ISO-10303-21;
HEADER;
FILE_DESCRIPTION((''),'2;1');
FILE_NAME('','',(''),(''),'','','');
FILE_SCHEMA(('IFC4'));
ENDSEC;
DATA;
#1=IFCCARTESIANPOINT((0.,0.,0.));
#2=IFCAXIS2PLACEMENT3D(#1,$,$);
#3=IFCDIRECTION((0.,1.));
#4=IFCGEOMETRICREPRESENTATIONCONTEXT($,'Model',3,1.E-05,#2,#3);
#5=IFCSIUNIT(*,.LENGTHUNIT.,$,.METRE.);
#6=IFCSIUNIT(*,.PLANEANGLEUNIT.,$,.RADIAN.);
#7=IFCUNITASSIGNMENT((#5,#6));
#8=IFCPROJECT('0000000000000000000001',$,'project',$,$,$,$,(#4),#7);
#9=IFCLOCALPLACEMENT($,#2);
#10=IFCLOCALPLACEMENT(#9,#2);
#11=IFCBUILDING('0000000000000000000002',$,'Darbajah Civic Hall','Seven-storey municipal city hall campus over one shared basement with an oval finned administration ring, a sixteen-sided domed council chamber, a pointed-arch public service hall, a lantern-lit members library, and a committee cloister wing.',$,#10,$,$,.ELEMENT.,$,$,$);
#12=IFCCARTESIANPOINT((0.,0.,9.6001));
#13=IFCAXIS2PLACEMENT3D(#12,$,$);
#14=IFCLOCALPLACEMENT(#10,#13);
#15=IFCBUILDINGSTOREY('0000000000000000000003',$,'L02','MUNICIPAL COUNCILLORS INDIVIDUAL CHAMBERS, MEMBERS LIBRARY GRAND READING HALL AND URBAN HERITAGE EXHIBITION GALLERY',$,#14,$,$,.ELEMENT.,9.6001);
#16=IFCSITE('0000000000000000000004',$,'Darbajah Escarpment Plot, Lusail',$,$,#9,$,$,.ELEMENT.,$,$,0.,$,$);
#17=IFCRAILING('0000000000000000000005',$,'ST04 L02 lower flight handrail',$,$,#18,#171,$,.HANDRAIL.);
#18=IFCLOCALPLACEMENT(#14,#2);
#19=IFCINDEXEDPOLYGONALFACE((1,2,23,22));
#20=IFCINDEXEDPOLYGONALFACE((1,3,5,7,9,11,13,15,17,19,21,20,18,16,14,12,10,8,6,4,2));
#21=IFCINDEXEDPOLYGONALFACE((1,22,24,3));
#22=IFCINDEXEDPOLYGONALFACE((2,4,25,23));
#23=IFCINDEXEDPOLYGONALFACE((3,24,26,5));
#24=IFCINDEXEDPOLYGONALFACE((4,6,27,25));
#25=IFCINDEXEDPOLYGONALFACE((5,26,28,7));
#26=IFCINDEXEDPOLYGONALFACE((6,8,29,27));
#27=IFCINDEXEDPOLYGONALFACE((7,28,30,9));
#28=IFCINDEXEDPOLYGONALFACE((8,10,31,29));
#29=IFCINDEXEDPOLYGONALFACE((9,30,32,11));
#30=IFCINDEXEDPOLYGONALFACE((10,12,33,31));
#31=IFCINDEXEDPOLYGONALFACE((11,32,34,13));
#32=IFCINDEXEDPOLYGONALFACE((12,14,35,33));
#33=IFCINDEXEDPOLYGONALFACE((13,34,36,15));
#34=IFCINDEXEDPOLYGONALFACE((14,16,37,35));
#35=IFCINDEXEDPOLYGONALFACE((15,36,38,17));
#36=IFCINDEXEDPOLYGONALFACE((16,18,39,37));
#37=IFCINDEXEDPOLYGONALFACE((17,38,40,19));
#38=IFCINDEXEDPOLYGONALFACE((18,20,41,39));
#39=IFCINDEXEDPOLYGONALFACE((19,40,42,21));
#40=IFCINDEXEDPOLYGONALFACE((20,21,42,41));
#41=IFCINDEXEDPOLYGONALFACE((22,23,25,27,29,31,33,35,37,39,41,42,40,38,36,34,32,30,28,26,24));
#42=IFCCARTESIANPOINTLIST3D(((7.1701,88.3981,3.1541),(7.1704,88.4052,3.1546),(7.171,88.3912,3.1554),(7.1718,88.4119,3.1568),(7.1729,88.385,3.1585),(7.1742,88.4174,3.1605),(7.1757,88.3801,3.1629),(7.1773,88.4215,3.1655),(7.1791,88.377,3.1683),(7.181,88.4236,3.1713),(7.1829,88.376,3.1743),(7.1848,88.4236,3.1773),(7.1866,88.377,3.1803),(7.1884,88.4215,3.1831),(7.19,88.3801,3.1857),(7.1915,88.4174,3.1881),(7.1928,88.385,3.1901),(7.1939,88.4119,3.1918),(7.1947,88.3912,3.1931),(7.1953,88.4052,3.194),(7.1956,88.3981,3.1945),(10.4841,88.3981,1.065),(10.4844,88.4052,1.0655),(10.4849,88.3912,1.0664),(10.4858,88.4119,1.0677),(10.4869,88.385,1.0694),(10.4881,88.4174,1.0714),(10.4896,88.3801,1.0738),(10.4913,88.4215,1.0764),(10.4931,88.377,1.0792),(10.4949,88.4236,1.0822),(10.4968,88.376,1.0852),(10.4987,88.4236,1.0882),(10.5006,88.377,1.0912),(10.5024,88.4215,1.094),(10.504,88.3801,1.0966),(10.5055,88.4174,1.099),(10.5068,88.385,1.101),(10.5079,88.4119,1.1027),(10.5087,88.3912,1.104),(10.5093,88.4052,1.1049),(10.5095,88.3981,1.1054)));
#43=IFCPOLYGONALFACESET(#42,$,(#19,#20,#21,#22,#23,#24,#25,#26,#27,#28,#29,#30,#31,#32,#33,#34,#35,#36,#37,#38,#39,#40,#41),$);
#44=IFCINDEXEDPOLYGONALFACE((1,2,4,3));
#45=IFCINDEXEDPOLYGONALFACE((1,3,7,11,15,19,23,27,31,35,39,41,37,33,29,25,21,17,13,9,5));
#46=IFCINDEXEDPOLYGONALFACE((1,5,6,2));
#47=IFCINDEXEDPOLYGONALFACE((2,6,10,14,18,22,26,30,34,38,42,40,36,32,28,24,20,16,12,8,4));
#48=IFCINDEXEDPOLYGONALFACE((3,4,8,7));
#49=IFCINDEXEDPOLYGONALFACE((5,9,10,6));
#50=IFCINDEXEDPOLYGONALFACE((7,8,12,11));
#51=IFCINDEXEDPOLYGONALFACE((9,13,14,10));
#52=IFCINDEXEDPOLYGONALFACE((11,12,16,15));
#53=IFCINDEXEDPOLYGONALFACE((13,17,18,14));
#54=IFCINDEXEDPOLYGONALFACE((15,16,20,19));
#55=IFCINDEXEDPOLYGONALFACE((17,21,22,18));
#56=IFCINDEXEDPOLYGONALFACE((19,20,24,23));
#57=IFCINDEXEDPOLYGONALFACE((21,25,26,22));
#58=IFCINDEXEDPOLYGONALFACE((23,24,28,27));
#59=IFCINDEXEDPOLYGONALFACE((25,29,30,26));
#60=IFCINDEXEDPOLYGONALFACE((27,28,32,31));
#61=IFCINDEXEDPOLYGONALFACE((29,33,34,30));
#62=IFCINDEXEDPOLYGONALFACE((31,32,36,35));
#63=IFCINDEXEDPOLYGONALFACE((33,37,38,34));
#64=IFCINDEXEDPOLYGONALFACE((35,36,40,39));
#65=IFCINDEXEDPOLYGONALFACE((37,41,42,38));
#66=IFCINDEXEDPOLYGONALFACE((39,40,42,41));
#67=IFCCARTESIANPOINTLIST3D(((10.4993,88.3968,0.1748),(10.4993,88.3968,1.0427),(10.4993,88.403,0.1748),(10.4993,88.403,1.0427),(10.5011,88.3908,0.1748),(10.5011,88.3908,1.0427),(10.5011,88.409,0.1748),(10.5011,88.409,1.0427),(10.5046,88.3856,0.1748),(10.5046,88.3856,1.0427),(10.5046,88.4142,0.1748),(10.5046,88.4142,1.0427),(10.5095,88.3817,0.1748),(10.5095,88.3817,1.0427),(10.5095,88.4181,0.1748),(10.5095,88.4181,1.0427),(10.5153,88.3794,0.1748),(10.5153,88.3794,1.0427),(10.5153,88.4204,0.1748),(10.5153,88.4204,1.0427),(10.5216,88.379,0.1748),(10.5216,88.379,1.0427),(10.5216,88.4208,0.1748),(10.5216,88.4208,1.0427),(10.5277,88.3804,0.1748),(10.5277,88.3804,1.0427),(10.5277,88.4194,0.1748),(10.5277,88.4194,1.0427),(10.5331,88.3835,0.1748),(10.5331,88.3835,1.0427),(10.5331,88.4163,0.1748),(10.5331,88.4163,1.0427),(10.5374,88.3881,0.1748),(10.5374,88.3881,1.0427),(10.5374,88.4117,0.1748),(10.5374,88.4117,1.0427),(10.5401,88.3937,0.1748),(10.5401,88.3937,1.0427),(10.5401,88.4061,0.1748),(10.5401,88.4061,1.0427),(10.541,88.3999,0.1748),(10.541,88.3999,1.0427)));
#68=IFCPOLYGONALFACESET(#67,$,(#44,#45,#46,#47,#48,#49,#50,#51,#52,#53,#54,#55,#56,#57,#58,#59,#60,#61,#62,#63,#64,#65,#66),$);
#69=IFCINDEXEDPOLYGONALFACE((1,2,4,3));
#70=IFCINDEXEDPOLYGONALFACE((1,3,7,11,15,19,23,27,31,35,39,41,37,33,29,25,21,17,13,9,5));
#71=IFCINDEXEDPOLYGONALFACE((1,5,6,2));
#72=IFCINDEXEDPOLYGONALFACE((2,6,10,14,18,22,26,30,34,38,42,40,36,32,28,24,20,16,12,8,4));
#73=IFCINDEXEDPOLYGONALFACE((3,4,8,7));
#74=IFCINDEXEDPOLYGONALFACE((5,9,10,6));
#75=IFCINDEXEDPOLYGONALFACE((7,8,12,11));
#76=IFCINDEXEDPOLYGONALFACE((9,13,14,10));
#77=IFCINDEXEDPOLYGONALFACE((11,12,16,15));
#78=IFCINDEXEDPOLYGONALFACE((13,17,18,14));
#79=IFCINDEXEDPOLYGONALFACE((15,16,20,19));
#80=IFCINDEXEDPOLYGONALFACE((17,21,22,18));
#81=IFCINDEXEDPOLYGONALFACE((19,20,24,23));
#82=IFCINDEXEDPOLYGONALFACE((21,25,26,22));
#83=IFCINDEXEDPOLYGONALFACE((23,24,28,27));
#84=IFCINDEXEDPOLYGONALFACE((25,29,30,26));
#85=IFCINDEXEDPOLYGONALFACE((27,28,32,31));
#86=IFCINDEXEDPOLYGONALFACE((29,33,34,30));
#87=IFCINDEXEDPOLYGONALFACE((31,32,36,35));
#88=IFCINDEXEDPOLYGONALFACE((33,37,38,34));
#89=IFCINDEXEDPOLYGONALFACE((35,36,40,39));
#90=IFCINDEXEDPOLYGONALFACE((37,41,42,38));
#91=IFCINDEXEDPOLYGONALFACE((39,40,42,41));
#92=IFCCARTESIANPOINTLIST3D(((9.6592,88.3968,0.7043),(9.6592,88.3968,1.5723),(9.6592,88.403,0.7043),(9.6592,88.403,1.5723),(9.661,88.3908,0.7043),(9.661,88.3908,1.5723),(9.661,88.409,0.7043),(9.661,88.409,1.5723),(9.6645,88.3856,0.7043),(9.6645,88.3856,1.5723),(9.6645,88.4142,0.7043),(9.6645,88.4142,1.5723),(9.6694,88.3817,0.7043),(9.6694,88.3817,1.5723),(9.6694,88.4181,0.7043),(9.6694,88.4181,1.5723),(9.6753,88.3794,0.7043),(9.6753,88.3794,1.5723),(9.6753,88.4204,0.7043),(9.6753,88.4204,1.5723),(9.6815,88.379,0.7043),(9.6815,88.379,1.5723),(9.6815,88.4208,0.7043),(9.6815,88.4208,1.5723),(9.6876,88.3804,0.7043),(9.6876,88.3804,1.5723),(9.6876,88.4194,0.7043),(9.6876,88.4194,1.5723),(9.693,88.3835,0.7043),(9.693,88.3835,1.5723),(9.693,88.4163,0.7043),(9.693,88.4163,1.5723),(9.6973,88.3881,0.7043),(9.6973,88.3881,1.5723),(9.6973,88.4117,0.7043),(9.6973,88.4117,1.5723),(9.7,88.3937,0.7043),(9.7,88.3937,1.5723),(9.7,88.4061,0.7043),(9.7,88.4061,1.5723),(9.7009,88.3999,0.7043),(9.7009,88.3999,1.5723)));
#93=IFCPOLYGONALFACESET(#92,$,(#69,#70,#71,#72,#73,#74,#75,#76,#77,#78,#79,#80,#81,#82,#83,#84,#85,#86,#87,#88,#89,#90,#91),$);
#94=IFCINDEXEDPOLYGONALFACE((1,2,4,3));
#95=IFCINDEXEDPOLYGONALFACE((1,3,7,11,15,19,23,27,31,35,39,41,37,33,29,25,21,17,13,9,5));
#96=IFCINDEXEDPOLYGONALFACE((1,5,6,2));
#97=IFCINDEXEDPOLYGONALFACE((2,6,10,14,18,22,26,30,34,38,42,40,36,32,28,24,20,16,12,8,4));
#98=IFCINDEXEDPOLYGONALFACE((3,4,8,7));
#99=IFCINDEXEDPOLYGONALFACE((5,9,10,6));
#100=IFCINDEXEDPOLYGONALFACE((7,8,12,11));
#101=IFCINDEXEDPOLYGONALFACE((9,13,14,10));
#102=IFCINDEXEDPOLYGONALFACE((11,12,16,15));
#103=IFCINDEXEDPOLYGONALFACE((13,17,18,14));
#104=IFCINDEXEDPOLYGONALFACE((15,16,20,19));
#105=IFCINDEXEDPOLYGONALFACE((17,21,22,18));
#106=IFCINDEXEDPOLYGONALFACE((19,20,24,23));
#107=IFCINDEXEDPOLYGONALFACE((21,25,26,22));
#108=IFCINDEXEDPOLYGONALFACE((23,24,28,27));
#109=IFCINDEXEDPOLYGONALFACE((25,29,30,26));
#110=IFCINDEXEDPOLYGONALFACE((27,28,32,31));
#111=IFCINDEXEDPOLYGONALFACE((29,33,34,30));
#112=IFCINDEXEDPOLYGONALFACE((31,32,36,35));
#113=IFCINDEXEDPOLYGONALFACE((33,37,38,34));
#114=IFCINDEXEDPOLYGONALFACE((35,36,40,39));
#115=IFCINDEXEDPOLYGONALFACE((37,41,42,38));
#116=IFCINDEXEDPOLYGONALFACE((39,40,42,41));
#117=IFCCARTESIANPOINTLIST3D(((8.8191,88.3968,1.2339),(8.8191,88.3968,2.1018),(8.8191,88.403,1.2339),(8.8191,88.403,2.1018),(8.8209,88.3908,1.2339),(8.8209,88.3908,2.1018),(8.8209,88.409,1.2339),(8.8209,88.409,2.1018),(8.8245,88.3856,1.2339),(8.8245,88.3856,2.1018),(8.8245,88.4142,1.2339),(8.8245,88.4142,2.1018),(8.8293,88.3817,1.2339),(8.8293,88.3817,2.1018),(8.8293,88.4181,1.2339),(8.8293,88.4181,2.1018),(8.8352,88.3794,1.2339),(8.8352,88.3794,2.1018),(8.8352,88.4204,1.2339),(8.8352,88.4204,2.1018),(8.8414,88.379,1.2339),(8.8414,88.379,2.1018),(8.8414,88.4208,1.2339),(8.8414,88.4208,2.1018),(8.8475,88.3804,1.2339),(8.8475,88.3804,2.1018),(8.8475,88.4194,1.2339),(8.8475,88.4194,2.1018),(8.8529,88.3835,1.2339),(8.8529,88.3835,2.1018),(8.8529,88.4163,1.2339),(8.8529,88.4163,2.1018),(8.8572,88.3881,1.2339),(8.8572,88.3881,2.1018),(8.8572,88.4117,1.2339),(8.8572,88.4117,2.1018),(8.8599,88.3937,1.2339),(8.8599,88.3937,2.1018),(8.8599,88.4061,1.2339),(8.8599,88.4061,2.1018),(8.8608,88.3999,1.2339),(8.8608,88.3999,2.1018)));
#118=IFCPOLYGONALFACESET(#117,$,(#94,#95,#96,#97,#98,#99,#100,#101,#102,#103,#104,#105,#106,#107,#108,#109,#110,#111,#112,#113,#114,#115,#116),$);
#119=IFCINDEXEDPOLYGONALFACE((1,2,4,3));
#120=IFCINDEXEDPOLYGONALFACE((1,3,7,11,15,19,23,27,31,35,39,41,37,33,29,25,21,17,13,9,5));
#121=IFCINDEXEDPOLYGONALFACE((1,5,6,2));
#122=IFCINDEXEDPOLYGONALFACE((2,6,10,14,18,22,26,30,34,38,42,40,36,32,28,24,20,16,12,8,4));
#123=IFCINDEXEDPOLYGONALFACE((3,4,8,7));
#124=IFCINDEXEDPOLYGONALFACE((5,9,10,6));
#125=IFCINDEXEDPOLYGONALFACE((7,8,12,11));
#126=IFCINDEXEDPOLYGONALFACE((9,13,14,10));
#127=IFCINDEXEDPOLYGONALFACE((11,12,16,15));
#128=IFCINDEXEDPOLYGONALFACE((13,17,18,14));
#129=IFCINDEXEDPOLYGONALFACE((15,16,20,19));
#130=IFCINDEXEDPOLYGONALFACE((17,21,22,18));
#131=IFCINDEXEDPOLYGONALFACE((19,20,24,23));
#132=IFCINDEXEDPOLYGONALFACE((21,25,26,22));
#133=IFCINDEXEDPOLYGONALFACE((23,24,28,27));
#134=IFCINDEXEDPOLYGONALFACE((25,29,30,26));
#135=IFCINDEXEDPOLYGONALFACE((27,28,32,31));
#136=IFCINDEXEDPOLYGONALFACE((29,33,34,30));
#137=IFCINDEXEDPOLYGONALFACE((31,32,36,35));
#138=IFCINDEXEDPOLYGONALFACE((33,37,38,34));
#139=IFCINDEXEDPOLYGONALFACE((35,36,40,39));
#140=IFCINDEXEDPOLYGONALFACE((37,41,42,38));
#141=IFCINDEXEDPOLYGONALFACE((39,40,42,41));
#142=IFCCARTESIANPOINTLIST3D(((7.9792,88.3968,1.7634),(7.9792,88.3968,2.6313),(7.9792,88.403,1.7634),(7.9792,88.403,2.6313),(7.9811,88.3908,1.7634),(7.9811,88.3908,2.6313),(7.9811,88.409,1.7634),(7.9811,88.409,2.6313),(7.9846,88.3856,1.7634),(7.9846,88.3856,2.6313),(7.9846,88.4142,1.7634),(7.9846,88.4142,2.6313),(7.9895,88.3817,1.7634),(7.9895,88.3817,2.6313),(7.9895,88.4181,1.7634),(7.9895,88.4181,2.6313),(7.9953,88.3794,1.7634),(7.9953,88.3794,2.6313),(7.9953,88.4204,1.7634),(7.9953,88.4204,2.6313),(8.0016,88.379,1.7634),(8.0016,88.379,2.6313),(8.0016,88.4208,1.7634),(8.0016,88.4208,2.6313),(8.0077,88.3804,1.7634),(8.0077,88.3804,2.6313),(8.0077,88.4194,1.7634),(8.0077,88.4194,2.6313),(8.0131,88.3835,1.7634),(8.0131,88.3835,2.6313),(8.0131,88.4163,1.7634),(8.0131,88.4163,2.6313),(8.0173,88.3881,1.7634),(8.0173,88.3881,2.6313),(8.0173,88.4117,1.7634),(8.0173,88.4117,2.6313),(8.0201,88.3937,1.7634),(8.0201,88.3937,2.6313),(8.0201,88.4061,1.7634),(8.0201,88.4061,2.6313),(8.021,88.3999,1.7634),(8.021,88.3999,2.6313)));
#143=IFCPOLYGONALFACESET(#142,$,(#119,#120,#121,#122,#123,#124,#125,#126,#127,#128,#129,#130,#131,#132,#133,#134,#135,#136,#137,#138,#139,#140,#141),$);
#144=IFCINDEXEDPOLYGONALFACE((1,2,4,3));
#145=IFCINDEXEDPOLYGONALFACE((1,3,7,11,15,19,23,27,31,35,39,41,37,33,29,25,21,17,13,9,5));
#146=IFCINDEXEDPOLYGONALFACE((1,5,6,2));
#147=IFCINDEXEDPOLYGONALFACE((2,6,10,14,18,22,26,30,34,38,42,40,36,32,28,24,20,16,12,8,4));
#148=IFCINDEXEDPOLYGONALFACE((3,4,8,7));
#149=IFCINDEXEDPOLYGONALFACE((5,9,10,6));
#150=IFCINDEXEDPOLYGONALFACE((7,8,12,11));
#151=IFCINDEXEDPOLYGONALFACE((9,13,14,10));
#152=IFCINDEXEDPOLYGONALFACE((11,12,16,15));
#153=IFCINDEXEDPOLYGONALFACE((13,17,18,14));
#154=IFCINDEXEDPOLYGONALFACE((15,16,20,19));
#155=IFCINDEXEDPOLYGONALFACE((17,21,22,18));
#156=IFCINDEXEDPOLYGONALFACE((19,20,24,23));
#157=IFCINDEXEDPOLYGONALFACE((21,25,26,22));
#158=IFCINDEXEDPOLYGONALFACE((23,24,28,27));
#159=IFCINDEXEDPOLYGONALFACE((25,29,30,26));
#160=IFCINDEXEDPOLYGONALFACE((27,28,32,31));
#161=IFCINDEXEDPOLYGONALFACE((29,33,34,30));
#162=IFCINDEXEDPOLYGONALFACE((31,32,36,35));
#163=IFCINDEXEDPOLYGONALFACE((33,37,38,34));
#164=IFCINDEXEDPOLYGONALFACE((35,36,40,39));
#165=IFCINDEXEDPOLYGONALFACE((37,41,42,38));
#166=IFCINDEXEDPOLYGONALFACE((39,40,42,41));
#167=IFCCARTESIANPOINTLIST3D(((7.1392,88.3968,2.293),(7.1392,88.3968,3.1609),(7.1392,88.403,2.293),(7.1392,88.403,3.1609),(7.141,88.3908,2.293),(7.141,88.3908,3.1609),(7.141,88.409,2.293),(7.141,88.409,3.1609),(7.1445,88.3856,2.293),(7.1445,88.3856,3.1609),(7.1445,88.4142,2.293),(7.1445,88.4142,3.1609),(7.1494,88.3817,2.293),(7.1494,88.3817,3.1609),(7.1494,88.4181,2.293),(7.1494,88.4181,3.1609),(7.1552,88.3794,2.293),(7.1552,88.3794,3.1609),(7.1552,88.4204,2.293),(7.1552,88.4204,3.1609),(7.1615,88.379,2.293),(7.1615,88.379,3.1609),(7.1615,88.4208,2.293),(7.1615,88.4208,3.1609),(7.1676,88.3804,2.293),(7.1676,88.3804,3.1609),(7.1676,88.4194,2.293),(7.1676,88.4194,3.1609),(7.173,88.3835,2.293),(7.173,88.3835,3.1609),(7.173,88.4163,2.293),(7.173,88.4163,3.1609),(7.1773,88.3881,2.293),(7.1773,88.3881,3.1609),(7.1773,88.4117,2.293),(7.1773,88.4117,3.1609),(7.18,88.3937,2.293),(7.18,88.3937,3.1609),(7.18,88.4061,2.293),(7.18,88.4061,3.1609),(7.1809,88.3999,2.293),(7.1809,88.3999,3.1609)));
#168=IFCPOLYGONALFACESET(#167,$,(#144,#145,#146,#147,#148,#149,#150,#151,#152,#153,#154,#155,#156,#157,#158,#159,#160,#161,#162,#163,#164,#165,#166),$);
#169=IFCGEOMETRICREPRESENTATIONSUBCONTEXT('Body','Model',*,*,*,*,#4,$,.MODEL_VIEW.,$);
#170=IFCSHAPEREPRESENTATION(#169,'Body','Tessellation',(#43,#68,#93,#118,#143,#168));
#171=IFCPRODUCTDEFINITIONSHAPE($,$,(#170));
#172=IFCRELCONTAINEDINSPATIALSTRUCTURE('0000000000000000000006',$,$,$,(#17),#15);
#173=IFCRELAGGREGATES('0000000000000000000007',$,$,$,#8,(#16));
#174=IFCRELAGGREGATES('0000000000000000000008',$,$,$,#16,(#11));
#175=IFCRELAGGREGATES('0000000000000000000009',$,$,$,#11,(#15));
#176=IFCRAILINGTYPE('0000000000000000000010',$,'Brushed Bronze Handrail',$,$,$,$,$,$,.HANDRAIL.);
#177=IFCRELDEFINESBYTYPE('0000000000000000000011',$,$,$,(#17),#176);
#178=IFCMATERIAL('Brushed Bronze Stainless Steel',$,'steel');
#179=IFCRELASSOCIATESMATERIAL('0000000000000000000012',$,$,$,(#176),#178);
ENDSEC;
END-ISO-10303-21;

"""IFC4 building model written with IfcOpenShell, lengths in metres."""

from ifc_helpers import new_model, si_unit, direction, frame, origin, origin_2d, place, context, subcontext, project, spatial, circle, extrude, material, type_object, element, save


model = new_model("IFC4")

# Units and contexts
model_context = context("Model", 3, precision=1e-05, world=origin(), true_north=direction((0.0, 1.0)))
body_context = subcontext(model_context, "Body", "Model", "MODEL_VIEW")
ifc_project = project(units=[si_unit("LENGTHUNIT", "METRE"), si_unit("PLANEANGLEUNIT", "RADIAN")], contexts=[model_context])

# Site, building, storey
site_placement = place(None, origin())
site = spatial("IfcSite", under=ifc_project, at=site_placement, Name="Darbajah Escarpment Plot, Lusail", CompositionType="ELEMENT", RefElevation=0.0)
building_placement = place(site_placement, origin())
building = spatial("IfcBuilding", under=site, at=building_placement, Name="Darbajah Civic Hall", Description="Seven-storey municipal city hall campus over one shared basement with an oval finned administration ring, a sixteen-sided domed council chamber, a pointed-arch public service hall, a lantern-lit members library, and a committee cloister wing.", CompositionType="ELEMENT")
storey_placement = place(building_placement, frame((0.0, 0.0, 9.6001)))
storey = spatial("IfcBuildingStorey", under=building, at=storey_placement, Name="L02", Description="MUNICIPAL COUNCILLORS INDIVIDUAL CHAMBERS, MEMBERS LIBRARY GRAND READING HALL AND URBAN HERITAGE EXHIBITION GALLERY", CompositionType="ELEMENT", Elevation=9.6001)

# Railing
ifc_material_1 = material(Name="Brushed Bronze Stainless Steel", Category="steel")
railing_type_1 = type_object("IfcRailingType", Name="Brushed Bronze Handrail", PredefinedType="HANDRAIL", material=ifc_material_1)
railing_1_placement = place(storey_placement, frame((10.52, 88.3999, 0.1748)))
element("IfcRailing", 1, at=railing_1_placement, inside=storey, type_object=railing_type_1, Name="ST04 L02 lower flight handrail", PredefinedType="HANDRAIL", context=body_context, shape_type="SweptSolid", body=[
    extrude(circle(Radius=0.0239, at=origin_2d()), frame((-0.0232, 0.0, 0.9104), z_axis=(-0.845944, 0.0, 0.533271), x_axis=(0.0, -1.0, 0.0)), (0.0, 0.0, 1.0), 3.9175),
    extrude(circle(Radius=0.021, at=origin_2d()), origin(), (0.0, 0.0, 1.0), 0.8679),
    extrude(circle(Radius=0.021, at=origin_2d()), frame((-0.8401, 0.0, 0.5295)), (0.0, 0.0, 1.0), 0.8679),
    extrude(circle(Radius=0.021, at=origin_2d()), frame((-1.6802, 0.0, 1.0591)), (0.0, 0.0, 1.0), 0.8679),
    extrude(circle(Radius=0.021, at=origin_2d()), frame((-2.52, 0.0, 1.5886)), (0.0, 0.0, 1.0), 0.8679),
    extrude(circle(Radius=0.021, at=origin_2d()), frame((-3.3601, 0.0, 2.1182)), (0.0, 0.0, 1.0), 0.8679),
])

save(model, "model.ifc")
